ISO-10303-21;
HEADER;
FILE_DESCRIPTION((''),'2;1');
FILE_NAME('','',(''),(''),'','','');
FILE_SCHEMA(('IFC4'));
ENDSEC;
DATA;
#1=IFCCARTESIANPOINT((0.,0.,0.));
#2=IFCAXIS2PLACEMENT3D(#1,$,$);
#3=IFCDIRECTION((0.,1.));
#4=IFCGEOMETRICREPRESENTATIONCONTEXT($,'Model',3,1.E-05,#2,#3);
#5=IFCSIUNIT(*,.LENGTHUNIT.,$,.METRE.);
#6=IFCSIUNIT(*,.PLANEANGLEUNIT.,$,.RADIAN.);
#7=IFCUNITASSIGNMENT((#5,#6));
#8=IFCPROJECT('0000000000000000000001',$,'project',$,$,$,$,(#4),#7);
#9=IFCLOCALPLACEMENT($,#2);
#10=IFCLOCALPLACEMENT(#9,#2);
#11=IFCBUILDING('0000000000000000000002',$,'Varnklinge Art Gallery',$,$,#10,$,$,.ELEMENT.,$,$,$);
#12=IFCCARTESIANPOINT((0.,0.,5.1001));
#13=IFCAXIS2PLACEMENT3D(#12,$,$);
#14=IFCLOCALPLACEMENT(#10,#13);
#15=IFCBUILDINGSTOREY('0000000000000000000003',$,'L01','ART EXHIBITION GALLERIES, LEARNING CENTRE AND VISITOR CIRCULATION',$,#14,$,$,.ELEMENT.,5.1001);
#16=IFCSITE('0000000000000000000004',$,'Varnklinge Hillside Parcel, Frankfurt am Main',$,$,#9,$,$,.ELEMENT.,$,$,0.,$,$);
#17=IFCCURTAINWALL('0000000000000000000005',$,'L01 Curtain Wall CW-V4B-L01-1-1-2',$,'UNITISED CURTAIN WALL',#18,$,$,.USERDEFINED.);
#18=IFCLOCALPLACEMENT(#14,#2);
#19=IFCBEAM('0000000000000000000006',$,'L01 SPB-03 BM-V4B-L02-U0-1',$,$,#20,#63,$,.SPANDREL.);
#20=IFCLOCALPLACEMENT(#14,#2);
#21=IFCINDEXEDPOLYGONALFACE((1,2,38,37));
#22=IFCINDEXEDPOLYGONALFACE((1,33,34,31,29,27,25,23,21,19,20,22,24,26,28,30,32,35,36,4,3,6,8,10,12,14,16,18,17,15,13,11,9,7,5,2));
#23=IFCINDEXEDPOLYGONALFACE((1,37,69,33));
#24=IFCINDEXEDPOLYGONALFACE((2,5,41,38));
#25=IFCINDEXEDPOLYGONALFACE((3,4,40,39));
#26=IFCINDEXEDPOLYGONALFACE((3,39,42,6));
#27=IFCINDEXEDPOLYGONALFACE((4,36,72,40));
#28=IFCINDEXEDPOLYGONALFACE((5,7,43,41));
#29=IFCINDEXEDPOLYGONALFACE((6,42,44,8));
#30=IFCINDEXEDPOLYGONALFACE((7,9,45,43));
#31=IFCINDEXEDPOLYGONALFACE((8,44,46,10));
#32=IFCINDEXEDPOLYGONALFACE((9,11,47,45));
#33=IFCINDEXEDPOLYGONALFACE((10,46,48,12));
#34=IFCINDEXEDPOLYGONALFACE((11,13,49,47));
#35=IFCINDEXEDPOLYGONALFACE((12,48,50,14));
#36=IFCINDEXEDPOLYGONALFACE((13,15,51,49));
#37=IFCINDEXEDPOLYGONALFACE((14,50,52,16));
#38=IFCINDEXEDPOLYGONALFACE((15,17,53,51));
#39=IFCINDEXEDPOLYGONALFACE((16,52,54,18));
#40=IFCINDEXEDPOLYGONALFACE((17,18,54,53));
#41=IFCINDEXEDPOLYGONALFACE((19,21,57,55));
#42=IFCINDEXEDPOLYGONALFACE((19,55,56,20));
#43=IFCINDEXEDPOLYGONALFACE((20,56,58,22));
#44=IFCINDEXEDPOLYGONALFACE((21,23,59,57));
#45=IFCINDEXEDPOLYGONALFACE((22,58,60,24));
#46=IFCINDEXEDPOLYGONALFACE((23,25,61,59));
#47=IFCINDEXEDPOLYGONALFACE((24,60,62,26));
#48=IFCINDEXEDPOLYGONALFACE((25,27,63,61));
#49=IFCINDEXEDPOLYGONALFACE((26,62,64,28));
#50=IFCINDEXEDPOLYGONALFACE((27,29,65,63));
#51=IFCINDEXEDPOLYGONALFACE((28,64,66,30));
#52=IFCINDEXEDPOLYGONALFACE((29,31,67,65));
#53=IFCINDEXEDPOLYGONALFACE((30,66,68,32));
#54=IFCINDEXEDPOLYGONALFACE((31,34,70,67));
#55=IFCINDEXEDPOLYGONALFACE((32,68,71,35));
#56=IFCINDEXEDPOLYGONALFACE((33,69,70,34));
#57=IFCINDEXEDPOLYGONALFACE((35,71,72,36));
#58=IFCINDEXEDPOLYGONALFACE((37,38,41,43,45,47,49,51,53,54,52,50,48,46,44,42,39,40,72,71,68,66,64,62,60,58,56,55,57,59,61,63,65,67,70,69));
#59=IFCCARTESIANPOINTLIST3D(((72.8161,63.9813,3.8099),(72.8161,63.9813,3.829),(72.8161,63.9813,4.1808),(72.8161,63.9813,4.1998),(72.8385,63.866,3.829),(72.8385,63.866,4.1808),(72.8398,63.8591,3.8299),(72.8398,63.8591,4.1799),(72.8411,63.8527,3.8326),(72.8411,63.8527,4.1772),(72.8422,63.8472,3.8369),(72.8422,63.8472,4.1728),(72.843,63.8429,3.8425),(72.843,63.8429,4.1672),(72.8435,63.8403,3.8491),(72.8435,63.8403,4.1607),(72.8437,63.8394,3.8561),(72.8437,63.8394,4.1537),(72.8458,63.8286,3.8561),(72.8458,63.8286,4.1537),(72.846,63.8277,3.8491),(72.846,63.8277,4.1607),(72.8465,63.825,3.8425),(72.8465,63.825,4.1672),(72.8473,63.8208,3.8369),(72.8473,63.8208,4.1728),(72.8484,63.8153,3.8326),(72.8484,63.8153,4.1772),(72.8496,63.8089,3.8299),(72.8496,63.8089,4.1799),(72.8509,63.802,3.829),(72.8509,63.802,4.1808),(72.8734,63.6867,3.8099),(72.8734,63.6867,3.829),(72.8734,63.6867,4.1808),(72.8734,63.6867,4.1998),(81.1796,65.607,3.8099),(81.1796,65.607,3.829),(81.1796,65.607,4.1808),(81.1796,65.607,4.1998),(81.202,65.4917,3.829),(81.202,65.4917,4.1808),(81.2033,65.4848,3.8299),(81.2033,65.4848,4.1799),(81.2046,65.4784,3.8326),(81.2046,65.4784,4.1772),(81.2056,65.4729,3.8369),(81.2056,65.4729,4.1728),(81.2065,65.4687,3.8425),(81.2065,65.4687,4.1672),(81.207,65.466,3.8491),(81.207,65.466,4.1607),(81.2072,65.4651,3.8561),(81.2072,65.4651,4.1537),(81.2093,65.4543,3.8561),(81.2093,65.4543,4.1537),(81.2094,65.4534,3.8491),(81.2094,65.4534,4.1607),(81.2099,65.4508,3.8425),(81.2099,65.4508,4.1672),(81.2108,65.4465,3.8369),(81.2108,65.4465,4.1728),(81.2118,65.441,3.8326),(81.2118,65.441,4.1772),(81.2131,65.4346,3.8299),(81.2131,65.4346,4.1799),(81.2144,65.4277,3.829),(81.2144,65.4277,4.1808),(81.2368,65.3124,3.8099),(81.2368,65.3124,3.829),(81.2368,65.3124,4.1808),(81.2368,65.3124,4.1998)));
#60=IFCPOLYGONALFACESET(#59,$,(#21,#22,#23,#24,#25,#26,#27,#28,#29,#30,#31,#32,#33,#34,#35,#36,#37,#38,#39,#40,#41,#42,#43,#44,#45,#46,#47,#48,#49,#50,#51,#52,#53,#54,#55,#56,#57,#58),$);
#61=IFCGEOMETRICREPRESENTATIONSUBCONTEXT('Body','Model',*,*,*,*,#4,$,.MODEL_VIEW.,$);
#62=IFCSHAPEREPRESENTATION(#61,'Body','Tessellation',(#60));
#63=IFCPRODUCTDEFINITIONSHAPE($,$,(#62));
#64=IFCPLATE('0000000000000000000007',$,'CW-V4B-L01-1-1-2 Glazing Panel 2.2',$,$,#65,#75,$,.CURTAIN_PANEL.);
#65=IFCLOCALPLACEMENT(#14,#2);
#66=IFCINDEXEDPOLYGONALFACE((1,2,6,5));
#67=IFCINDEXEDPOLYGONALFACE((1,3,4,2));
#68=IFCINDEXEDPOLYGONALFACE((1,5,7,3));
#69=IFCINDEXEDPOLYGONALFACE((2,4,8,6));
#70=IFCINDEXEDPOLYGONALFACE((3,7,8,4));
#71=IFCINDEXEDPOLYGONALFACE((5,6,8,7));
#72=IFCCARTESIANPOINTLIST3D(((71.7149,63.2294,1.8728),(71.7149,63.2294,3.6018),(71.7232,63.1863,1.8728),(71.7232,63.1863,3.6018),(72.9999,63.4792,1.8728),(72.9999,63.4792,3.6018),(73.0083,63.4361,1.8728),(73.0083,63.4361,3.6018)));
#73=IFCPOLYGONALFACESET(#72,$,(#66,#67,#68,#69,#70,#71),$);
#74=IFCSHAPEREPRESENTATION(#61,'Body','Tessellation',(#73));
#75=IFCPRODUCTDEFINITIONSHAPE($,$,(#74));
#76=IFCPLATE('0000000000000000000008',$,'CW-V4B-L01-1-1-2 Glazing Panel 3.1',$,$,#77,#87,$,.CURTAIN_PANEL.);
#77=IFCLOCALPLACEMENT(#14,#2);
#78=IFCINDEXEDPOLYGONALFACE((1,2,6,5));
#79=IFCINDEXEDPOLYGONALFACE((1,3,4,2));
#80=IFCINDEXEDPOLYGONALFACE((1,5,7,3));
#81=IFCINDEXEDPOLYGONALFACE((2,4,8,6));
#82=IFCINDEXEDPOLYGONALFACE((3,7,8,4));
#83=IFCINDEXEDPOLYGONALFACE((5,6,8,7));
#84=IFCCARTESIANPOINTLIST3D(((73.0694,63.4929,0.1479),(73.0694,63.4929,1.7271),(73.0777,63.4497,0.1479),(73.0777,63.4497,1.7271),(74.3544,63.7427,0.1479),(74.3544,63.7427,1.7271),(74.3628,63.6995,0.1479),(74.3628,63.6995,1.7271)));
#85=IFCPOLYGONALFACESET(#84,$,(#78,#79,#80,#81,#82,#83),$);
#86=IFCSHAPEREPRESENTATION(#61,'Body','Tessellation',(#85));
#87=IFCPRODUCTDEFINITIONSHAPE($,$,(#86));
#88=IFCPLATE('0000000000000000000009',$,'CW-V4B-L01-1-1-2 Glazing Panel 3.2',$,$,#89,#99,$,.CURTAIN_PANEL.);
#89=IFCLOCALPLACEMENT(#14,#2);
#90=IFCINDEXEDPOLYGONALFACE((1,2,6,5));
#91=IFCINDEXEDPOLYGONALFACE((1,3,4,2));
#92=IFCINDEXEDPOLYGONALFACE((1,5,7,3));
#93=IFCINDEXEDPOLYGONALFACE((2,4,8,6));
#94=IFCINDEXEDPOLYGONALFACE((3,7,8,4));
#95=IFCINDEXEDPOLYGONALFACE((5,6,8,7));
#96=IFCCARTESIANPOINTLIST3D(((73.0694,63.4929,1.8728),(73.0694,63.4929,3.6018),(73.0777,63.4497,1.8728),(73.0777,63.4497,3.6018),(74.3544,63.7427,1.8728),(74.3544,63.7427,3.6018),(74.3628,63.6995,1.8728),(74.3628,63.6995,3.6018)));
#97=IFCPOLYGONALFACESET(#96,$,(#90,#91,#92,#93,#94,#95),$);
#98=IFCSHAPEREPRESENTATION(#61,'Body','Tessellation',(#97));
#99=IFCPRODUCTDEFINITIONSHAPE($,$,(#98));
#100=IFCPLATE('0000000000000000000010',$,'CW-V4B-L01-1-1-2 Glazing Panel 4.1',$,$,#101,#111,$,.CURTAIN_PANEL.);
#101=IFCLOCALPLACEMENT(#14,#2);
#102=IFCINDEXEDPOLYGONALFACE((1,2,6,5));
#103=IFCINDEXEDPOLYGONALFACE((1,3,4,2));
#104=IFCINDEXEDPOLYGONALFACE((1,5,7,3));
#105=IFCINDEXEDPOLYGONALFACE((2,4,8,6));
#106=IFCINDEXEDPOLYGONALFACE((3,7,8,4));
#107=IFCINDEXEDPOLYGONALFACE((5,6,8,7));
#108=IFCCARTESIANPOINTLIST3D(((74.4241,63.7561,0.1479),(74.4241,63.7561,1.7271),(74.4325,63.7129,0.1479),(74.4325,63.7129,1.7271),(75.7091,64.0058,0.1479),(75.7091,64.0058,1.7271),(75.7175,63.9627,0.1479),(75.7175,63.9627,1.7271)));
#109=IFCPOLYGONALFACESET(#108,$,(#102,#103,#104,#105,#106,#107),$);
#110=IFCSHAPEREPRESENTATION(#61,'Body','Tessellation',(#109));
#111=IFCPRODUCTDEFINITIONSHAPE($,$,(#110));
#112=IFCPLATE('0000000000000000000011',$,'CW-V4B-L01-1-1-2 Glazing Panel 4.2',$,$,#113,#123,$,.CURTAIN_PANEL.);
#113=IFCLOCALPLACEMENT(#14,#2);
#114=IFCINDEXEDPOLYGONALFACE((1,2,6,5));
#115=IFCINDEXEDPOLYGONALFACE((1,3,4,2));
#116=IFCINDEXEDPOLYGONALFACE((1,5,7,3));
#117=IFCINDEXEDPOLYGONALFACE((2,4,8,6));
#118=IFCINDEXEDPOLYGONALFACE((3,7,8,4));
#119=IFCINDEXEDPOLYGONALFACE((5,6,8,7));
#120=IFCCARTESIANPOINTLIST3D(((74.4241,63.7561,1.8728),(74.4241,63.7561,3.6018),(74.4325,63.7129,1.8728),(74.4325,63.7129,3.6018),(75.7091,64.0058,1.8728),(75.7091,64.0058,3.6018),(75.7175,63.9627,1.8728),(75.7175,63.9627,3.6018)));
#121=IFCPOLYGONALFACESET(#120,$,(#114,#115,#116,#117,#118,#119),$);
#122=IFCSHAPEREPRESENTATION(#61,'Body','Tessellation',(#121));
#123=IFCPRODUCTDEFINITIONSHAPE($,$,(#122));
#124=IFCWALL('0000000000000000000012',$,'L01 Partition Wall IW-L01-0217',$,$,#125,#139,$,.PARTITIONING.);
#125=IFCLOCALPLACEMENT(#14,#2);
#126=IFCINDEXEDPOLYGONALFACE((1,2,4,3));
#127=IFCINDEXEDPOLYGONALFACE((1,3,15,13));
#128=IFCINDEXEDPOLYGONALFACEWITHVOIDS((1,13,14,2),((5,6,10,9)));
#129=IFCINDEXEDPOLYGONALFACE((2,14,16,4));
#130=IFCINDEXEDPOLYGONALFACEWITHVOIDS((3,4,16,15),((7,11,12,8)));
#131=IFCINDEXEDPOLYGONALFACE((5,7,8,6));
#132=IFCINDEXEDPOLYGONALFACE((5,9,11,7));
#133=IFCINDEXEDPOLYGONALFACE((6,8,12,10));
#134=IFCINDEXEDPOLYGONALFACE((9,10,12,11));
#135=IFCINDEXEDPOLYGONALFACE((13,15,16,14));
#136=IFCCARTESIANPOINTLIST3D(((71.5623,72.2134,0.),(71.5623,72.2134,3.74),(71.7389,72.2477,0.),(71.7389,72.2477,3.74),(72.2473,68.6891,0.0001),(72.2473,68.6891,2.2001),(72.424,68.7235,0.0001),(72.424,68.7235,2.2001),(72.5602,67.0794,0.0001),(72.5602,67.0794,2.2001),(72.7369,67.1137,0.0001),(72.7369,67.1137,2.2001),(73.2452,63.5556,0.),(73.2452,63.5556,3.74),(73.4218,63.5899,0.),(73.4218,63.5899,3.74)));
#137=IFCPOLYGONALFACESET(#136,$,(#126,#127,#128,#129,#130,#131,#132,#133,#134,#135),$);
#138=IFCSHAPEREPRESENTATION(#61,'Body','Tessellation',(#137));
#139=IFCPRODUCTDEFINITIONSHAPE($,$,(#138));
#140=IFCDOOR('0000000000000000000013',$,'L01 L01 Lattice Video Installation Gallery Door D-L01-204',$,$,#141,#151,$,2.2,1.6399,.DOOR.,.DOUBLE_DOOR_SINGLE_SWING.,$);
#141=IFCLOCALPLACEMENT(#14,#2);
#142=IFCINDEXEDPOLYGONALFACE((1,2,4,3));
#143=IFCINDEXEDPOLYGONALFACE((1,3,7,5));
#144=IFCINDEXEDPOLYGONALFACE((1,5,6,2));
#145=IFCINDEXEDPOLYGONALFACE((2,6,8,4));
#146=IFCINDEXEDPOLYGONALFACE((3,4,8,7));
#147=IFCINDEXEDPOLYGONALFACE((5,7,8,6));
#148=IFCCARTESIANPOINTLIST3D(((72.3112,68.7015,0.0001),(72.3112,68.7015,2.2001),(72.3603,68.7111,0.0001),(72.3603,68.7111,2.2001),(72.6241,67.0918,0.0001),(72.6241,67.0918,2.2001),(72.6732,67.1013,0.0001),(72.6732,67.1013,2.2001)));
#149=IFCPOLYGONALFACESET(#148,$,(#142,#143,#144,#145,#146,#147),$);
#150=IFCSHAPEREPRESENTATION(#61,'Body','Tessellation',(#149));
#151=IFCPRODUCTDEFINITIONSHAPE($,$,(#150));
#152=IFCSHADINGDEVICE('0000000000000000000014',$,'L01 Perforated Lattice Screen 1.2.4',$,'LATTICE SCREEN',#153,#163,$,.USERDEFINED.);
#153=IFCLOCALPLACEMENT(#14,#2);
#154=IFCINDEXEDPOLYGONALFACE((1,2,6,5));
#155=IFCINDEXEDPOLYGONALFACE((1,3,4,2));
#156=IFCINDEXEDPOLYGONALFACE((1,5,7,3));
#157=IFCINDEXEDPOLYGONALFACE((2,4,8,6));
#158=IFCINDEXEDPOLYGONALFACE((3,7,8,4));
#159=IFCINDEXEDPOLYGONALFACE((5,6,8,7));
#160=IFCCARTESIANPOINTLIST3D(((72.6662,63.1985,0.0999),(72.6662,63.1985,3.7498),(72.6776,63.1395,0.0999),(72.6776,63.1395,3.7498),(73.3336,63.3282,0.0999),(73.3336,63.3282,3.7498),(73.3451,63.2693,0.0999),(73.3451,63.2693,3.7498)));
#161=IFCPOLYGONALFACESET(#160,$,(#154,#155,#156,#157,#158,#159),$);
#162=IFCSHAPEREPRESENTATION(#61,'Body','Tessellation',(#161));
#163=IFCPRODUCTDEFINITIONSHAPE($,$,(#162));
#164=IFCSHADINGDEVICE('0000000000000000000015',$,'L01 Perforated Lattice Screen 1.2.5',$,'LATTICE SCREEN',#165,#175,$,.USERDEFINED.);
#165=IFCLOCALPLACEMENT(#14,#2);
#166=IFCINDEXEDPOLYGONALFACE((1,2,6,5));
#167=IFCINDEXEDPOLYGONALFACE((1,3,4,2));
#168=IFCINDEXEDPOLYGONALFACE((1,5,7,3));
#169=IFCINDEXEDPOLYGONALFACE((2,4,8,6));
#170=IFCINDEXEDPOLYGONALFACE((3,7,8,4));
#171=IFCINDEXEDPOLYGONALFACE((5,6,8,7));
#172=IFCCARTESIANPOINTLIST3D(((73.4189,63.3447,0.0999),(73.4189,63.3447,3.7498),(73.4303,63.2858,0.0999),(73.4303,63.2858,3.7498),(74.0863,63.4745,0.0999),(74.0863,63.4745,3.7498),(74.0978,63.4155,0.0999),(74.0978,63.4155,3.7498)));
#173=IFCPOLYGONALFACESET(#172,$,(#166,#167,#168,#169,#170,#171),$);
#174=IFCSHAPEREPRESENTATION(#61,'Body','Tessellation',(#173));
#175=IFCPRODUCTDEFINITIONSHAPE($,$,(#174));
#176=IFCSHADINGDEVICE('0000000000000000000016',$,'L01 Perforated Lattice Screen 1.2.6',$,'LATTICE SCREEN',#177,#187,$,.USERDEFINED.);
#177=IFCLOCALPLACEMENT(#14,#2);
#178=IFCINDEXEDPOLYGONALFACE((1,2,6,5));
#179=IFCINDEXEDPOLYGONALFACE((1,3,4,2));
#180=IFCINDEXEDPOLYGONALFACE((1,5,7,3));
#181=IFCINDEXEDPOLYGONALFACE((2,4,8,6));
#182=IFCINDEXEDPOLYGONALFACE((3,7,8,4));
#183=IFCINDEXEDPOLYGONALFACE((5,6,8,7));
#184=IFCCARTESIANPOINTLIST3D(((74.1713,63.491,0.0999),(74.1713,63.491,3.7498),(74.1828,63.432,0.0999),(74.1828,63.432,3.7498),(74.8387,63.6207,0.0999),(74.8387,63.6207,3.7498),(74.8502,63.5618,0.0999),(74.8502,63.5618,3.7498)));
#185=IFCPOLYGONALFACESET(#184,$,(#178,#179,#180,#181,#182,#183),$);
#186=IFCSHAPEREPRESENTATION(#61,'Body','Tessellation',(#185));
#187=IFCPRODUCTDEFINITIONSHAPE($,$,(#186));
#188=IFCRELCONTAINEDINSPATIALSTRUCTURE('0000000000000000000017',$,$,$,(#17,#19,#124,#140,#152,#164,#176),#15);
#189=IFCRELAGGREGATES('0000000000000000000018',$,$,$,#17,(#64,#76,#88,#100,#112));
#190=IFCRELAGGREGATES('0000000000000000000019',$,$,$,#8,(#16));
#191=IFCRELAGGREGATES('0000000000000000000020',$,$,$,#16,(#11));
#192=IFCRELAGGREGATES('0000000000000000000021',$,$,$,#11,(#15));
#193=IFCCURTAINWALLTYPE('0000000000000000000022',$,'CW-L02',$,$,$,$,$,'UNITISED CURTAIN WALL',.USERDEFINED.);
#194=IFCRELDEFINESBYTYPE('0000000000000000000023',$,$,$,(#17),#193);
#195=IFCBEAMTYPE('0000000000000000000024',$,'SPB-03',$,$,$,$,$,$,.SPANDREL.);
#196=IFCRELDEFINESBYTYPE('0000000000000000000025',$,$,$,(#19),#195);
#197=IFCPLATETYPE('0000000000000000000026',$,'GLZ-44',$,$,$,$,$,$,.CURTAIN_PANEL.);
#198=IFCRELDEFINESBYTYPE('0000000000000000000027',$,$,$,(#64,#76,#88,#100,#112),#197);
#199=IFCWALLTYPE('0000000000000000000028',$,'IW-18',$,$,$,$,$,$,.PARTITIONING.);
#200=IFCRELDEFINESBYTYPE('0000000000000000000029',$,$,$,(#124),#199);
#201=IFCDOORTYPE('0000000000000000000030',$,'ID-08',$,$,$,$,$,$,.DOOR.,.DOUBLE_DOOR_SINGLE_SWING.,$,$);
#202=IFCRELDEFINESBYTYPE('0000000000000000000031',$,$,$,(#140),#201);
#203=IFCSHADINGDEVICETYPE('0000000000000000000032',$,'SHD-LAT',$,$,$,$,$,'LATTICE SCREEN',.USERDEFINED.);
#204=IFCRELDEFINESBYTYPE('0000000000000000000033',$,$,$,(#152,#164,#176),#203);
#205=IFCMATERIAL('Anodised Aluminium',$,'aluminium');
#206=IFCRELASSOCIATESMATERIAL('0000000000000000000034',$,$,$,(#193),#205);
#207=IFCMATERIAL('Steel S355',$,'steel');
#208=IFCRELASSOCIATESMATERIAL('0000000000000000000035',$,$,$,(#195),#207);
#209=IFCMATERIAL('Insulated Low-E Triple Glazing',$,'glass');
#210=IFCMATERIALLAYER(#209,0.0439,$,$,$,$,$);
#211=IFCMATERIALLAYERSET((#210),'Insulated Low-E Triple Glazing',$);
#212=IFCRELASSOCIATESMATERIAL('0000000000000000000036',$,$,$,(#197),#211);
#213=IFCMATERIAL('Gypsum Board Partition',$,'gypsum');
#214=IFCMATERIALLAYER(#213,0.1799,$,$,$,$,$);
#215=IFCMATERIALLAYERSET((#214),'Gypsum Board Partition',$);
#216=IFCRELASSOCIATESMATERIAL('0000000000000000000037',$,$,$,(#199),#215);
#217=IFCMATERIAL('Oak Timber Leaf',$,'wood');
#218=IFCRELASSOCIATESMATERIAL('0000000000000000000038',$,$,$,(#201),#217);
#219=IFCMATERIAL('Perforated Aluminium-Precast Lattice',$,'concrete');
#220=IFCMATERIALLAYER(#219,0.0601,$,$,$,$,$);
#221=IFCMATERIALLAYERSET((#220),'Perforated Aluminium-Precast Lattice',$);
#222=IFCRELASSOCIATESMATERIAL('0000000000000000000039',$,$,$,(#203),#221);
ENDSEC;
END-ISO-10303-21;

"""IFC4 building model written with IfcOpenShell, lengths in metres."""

from ifc_helpers import new_model, si_unit, direction, frame, frame_2d, origin, origin_2d, place, context, subcontext, project, spatial, rectangle, i_section, extrude, material, layer, layer_set, material_profile, profile_set, type_object, element, fill, aggregate, save


model = new_model("IFC4")

# Units and contexts
model_context = context("Model", 3, precision=1e-05, world=origin(), true_north=direction((0.0, 1.0)))
body_context = subcontext(model_context, "Body", "Model", "MODEL_VIEW")
ifc_project = project(units=[si_unit("LENGTHUNIT", "METRE"), si_unit("PLANEANGLEUNIT", "RADIAN")], contexts=[model_context])

# Site, building, storey
site_placement = place(None, origin())
site = spatial("IfcSite", under=ifc_project, at=site_placement, Name="Varnklinge Hillside Parcel, Frankfurt am Main", CompositionType="ELEMENT", RefElevation=0.0)
building_placement = place(site_placement, origin())
building = spatial("IfcBuilding", under=site, at=building_placement, Name="Varnklinge Art Gallery", CompositionType="ELEMENT")
storey_placement = place(building_placement, frame((0.0, 0.0, 5.1001)))
storey = spatial("IfcBuildingStorey", under=building, at=storey_placement, Name="L01", Description="ART EXHIBITION GALLERIES, LEARNING CENTRE AND VISITOR CIRCULATION", CompositionType="ELEMENT", Elevation=5.1001)

# Curtain wall
ifc_material_1 = material(Name="Anodised Aluminium", Category="aluminium")
curtain_wall_type = type_object("IfcCurtainWallType", Name="CW-L02", ElementType="UNITISED CURTAIN WALL", PredefinedType="USERDEFINED", material=ifc_material_1)
curtain_wall_placement = place(storey_placement, origin())
curtain_wall = element("IfcCurtainWall", 1, at=curtain_wall_placement, inside=storey, type_object=curtain_wall_type, Name="L01 Curtain Wall CW-V4B-L01-1-1-2", ObjectType="UNITISED CURTAIN WALL", PredefinedType="USERDEFINED")

# Beam
ifc_material_2 = material(Name="Steel S355", Category="steel")
ifc_material_profile_1 = material_profile(ifc_material_2, i_section(OverallWidth=0.3, OverallDepth=0.3899, WebThickness=0.011, FlangeThickness=0.019, FilletRadius=0.0271, at=origin_2d()), Name="HEA 400")
ifc_profile_set_1 = profile_set([ifc_material_profile_1], Name="Steel S355")
beam_type_1 = type_object("IfcBeamType", Name="SPB-03", PredefinedType="SPANDREL", material=ifc_profile_set_1)
beam_1_placement = place(storey_placement, frame((72.8447, 63.834, 4.0049), z_axis=(0.981627, 0.190812, 0.0), x_axis=(-0.190812, 0.981627, 0.0)))
element("IfcBeam", 2, at=beam_1_placement, inside=storey, type_object=beam_type_1, Name="L01 SPB-03 BM-V4B-L02-U0-1", PredefinedType="SPANDREL", context=body_context, shape_type="SweptSolid", body=[
    extrude(i_section(OverallWidth=0.3, OverallDepth=0.3899, WebThickness=0.011, FlangeThickness=0.019, FilletRadius=0.0271, at=origin_2d()), origin(), (0.0, 0.0, 1.0), 8.52),
])

# Plates
ifc_material_3 = material(Name="Insulated Low-E Triple Glazing", Category="glass")
ifc_layer_1 = layer(ifc_material_3, 0.0439)
ifc_layer_set_1 = layer_set([ifc_layer_1], Name="Insulated Low-E Triple Glazing")
plate_type = type_object("IfcPlateType", Name="GLZ-44", PredefinedType="CURTAIN_PANEL", material=ifc_layer_set_1)
plate_1_placement = place(storey_placement, frame((72.3616, 63.3328, 1.8728), z_axis=(0.0, 0.0, 1.0), x_axis=(0.981627, 0.190809, 0.0)))
plate_1 = element("IfcPlate", 3, at=plate_1_placement, type_object=plate_type, Name="CW-V4B-L01-1-1-2 Glazing Panel 2.2", PredefinedType="CURTAIN_PANEL", context=body_context, shape_type="SweptSolid", body=[
    extrude(rectangle(XDim=1.3091, YDim=0.0439, at=origin_2d()), origin(), (0.0, 0.0, 1.0), 1.729),
])
plate_2_placement = place(storey_placement, frame((73.7161, 63.5962, 0.1479), z_axis=(0.0, 0.0, 1.0), x_axis=(0.981627, 0.190809, 0.0)))
plate_2 = element("IfcPlate", 4, at=plate_2_placement, type_object=plate_type, Name="CW-V4B-L01-1-1-2 Glazing Panel 3.1", PredefinedType="CURTAIN_PANEL", context=body_context, shape_type="SweptSolid", body=[
    extrude(rectangle(XDim=1.3091, YDim=0.0439, at=origin_2d()), origin(), (0.0, 0.0, 1.0), 1.5791),
])
plate_3_placement = place(storey_placement, frame((73.7161, 63.5962, 1.8728), z_axis=(0.0, 0.0, 1.0), x_axis=(0.981627, 0.190809, 0.0)))
plate_3 = element("IfcPlate", 5, at=plate_3_placement, type_object=plate_type, Name="CW-V4B-L01-1-1-2 Glazing Panel 3.2", PredefinedType="CURTAIN_PANEL", context=body_context, shape_type="SweptSolid", body=[
    extrude(rectangle(XDim=1.3091, YDim=0.0439, at=origin_2d()), origin(), (0.0, 0.0, 1.0), 1.729),
])
plate_4_placement = place(storey_placement, frame((75.0708, 63.8594, 0.1479), z_axis=(0.0, 0.0, 1.0), x_axis=(0.981627, 0.190809, 0.0)))
plate_4 = element("IfcPlate", 6, at=plate_4_placement, type_object=plate_type, Name="CW-V4B-L01-1-1-2 Glazing Panel 4.1", PredefinedType="CURTAIN_PANEL", context=body_context, shape_type="SweptSolid", body=[
    extrude(rectangle(XDim=1.3091, YDim=0.0439, at=origin_2d()), origin(), (0.0, 0.0, 1.0), 1.5791),
])
plate_5_placement = place(storey_placement, frame((75.0708, 63.8594, 1.8728), z_axis=(0.0, 0.0, 1.0), x_axis=(0.981627, 0.190809, 0.0)))
plate_5 = element("IfcPlate", 7, at=plate_5_placement, type_object=plate_type, Name="CW-V4B-L01-1-1-2 Glazing Panel 4.2", PredefinedType="CURTAIN_PANEL", context=body_context, shape_type="SweptSolid", body=[
    extrude(rectangle(XDim=1.3091, YDim=0.0439, at=origin_2d()), origin(), (0.0, 0.0, 1.0), 1.729),
])
aggregate(curtain_wall, [plate_1, plate_2, plate_3, plate_4, plate_5])

# Wall, opening, door
ifc_material_4 = material(Name="Gypsum Board Partition", Category="gypsum")
ifc_layer_2 = layer(ifc_material_4, 0.1799)
ifc_layer_set_2 = layer_set([ifc_layer_2], Name="Gypsum Board Partition")
wall_type = type_object("IfcWallType", Name="IW-18", PredefinedType="PARTITIONING", material=ifc_layer_set_2)
wall_placement = place(storey_placement, frame((73.3335, 63.5728, 0.0), z_axis=(0.0, 0.0, 1.0), x_axis=(-0.190806, 0.981628, 0.0)))
wall = element("IfcWall", 8, at=wall_placement, inside=storey, type_object=wall_type, Name="L01 Partition Wall IW-L01-0217", PredefinedType="PARTITIONING", context=body_context, shape_type="SweptSolid", body=[
    extrude(rectangle(XDim=8.8198, YDim=0.1799, at=frame_2d((4.4099, 0.0))), origin(), (0.0, 0.0, 1.0), 3.74),
])
opening_placement = place(wall_placement, frame((3.5898, 0.0, 0.0)))
opening = element("IfcOpeningElement", 9, at=opening_placement, cuts=wall, PredefinedType="OPENING", context=body_context, shape_type="SweptSolid", body=[
    extrude(rectangle(XDim=1.6399, YDim=2.2, at=frame_2d((0.8198, 1.1001))), frame((0.0, 0.0999, 0.0), z_axis=(0.0, -1.0, 0.0), x_axis=(1.0, 0.0, 0.0)), (0.0, 0.0, 1.0), 0.2),
])
ifc_material_5 = material(Name="Oak Timber Leaf", Category="wood")
door_type = type_object("IfcDoorType", Name="ID-08", OperationType="DOUBLE_DOOR_SINGLE_SWING", PredefinedType="DOOR", material=ifc_material_5)
door_placement = place(opening_placement, origin())
door = element("IfcDoor", 10, at=door_placement, inside=storey, type_object=door_type, Name="L01 L01 Lattice Video Installation Gallery Door D-L01-204", OperationType="DOUBLE_DOOR_SINGLE_SWING", OverallHeight=2.2, OverallWidth=1.6399, PredefinedType="DOOR", context=body_context, shape_type="SweptSolid", body=[
    extrude(rectangle(XDim=1.6399, YDim=2.2, at=frame_2d((0.8198, 1.1001))), frame((0.0, 0.0249, 0.0), z_axis=(0.0, -1.0, 0.0), x_axis=(1.0, 0.0, 0.0)), (0.0, 0.0, 1.0), 0.05),
])
fill(opening, door)

# Shading devices
ifc_material_6 = material(Name="Perforated Aluminium-Precast Lattice", Category="concrete")
ifc_layer_3 = layer(ifc_material_6, 0.0601)
ifc_layer_set_3 = layer_set([ifc_layer_3], Name="Perforated Aluminium-Precast Lattice")
shading_device_type = type_object("IfcShadingDeviceType", Name="SHD-LAT", ElementType="LATTICE SCREEN", PredefinedType="USERDEFINED", material=ifc_layer_set_3)
for number, where, z_axis, x_axis, name in (
    (11, (73.0056, 63.2339, 0.0999), (0.0, 0.0, 1.0), (0.981627, 0.190809, 0.0), "L01 Perforated Lattice Screen 1.2.4"),
    (12, (73.7583, 63.3801, 0.0999), (0.0, 0.0, 1.0), (0.981627, 0.190809, 0.0), "L01 Perforated Lattice Screen 1.2.5"),
    (13, (74.5107, 63.5264, 0.0999), (0.0, 0.0, 1.0), (0.981627, 0.190809, 0.0), "L01 Perforated Lattice Screen 1.2.6"),
):
    element("IfcShadingDevice", number, at=place(storey_placement, frame(where, z_axis=z_axis, x_axis=x_axis)), inside=storey, type_object=shading_device_type, Name=name, ObjectType="LATTICE SCREEN", PredefinedType="USERDEFINED", context=body_context, shape_type="SweptSolid", body=[
        extrude(rectangle(XDim=0.6799, YDim=0.0601, at=origin_2d()), origin(), (0.0, 0.0, 1.0), 3.6499),
    ])

save(model, "model.ifc")
